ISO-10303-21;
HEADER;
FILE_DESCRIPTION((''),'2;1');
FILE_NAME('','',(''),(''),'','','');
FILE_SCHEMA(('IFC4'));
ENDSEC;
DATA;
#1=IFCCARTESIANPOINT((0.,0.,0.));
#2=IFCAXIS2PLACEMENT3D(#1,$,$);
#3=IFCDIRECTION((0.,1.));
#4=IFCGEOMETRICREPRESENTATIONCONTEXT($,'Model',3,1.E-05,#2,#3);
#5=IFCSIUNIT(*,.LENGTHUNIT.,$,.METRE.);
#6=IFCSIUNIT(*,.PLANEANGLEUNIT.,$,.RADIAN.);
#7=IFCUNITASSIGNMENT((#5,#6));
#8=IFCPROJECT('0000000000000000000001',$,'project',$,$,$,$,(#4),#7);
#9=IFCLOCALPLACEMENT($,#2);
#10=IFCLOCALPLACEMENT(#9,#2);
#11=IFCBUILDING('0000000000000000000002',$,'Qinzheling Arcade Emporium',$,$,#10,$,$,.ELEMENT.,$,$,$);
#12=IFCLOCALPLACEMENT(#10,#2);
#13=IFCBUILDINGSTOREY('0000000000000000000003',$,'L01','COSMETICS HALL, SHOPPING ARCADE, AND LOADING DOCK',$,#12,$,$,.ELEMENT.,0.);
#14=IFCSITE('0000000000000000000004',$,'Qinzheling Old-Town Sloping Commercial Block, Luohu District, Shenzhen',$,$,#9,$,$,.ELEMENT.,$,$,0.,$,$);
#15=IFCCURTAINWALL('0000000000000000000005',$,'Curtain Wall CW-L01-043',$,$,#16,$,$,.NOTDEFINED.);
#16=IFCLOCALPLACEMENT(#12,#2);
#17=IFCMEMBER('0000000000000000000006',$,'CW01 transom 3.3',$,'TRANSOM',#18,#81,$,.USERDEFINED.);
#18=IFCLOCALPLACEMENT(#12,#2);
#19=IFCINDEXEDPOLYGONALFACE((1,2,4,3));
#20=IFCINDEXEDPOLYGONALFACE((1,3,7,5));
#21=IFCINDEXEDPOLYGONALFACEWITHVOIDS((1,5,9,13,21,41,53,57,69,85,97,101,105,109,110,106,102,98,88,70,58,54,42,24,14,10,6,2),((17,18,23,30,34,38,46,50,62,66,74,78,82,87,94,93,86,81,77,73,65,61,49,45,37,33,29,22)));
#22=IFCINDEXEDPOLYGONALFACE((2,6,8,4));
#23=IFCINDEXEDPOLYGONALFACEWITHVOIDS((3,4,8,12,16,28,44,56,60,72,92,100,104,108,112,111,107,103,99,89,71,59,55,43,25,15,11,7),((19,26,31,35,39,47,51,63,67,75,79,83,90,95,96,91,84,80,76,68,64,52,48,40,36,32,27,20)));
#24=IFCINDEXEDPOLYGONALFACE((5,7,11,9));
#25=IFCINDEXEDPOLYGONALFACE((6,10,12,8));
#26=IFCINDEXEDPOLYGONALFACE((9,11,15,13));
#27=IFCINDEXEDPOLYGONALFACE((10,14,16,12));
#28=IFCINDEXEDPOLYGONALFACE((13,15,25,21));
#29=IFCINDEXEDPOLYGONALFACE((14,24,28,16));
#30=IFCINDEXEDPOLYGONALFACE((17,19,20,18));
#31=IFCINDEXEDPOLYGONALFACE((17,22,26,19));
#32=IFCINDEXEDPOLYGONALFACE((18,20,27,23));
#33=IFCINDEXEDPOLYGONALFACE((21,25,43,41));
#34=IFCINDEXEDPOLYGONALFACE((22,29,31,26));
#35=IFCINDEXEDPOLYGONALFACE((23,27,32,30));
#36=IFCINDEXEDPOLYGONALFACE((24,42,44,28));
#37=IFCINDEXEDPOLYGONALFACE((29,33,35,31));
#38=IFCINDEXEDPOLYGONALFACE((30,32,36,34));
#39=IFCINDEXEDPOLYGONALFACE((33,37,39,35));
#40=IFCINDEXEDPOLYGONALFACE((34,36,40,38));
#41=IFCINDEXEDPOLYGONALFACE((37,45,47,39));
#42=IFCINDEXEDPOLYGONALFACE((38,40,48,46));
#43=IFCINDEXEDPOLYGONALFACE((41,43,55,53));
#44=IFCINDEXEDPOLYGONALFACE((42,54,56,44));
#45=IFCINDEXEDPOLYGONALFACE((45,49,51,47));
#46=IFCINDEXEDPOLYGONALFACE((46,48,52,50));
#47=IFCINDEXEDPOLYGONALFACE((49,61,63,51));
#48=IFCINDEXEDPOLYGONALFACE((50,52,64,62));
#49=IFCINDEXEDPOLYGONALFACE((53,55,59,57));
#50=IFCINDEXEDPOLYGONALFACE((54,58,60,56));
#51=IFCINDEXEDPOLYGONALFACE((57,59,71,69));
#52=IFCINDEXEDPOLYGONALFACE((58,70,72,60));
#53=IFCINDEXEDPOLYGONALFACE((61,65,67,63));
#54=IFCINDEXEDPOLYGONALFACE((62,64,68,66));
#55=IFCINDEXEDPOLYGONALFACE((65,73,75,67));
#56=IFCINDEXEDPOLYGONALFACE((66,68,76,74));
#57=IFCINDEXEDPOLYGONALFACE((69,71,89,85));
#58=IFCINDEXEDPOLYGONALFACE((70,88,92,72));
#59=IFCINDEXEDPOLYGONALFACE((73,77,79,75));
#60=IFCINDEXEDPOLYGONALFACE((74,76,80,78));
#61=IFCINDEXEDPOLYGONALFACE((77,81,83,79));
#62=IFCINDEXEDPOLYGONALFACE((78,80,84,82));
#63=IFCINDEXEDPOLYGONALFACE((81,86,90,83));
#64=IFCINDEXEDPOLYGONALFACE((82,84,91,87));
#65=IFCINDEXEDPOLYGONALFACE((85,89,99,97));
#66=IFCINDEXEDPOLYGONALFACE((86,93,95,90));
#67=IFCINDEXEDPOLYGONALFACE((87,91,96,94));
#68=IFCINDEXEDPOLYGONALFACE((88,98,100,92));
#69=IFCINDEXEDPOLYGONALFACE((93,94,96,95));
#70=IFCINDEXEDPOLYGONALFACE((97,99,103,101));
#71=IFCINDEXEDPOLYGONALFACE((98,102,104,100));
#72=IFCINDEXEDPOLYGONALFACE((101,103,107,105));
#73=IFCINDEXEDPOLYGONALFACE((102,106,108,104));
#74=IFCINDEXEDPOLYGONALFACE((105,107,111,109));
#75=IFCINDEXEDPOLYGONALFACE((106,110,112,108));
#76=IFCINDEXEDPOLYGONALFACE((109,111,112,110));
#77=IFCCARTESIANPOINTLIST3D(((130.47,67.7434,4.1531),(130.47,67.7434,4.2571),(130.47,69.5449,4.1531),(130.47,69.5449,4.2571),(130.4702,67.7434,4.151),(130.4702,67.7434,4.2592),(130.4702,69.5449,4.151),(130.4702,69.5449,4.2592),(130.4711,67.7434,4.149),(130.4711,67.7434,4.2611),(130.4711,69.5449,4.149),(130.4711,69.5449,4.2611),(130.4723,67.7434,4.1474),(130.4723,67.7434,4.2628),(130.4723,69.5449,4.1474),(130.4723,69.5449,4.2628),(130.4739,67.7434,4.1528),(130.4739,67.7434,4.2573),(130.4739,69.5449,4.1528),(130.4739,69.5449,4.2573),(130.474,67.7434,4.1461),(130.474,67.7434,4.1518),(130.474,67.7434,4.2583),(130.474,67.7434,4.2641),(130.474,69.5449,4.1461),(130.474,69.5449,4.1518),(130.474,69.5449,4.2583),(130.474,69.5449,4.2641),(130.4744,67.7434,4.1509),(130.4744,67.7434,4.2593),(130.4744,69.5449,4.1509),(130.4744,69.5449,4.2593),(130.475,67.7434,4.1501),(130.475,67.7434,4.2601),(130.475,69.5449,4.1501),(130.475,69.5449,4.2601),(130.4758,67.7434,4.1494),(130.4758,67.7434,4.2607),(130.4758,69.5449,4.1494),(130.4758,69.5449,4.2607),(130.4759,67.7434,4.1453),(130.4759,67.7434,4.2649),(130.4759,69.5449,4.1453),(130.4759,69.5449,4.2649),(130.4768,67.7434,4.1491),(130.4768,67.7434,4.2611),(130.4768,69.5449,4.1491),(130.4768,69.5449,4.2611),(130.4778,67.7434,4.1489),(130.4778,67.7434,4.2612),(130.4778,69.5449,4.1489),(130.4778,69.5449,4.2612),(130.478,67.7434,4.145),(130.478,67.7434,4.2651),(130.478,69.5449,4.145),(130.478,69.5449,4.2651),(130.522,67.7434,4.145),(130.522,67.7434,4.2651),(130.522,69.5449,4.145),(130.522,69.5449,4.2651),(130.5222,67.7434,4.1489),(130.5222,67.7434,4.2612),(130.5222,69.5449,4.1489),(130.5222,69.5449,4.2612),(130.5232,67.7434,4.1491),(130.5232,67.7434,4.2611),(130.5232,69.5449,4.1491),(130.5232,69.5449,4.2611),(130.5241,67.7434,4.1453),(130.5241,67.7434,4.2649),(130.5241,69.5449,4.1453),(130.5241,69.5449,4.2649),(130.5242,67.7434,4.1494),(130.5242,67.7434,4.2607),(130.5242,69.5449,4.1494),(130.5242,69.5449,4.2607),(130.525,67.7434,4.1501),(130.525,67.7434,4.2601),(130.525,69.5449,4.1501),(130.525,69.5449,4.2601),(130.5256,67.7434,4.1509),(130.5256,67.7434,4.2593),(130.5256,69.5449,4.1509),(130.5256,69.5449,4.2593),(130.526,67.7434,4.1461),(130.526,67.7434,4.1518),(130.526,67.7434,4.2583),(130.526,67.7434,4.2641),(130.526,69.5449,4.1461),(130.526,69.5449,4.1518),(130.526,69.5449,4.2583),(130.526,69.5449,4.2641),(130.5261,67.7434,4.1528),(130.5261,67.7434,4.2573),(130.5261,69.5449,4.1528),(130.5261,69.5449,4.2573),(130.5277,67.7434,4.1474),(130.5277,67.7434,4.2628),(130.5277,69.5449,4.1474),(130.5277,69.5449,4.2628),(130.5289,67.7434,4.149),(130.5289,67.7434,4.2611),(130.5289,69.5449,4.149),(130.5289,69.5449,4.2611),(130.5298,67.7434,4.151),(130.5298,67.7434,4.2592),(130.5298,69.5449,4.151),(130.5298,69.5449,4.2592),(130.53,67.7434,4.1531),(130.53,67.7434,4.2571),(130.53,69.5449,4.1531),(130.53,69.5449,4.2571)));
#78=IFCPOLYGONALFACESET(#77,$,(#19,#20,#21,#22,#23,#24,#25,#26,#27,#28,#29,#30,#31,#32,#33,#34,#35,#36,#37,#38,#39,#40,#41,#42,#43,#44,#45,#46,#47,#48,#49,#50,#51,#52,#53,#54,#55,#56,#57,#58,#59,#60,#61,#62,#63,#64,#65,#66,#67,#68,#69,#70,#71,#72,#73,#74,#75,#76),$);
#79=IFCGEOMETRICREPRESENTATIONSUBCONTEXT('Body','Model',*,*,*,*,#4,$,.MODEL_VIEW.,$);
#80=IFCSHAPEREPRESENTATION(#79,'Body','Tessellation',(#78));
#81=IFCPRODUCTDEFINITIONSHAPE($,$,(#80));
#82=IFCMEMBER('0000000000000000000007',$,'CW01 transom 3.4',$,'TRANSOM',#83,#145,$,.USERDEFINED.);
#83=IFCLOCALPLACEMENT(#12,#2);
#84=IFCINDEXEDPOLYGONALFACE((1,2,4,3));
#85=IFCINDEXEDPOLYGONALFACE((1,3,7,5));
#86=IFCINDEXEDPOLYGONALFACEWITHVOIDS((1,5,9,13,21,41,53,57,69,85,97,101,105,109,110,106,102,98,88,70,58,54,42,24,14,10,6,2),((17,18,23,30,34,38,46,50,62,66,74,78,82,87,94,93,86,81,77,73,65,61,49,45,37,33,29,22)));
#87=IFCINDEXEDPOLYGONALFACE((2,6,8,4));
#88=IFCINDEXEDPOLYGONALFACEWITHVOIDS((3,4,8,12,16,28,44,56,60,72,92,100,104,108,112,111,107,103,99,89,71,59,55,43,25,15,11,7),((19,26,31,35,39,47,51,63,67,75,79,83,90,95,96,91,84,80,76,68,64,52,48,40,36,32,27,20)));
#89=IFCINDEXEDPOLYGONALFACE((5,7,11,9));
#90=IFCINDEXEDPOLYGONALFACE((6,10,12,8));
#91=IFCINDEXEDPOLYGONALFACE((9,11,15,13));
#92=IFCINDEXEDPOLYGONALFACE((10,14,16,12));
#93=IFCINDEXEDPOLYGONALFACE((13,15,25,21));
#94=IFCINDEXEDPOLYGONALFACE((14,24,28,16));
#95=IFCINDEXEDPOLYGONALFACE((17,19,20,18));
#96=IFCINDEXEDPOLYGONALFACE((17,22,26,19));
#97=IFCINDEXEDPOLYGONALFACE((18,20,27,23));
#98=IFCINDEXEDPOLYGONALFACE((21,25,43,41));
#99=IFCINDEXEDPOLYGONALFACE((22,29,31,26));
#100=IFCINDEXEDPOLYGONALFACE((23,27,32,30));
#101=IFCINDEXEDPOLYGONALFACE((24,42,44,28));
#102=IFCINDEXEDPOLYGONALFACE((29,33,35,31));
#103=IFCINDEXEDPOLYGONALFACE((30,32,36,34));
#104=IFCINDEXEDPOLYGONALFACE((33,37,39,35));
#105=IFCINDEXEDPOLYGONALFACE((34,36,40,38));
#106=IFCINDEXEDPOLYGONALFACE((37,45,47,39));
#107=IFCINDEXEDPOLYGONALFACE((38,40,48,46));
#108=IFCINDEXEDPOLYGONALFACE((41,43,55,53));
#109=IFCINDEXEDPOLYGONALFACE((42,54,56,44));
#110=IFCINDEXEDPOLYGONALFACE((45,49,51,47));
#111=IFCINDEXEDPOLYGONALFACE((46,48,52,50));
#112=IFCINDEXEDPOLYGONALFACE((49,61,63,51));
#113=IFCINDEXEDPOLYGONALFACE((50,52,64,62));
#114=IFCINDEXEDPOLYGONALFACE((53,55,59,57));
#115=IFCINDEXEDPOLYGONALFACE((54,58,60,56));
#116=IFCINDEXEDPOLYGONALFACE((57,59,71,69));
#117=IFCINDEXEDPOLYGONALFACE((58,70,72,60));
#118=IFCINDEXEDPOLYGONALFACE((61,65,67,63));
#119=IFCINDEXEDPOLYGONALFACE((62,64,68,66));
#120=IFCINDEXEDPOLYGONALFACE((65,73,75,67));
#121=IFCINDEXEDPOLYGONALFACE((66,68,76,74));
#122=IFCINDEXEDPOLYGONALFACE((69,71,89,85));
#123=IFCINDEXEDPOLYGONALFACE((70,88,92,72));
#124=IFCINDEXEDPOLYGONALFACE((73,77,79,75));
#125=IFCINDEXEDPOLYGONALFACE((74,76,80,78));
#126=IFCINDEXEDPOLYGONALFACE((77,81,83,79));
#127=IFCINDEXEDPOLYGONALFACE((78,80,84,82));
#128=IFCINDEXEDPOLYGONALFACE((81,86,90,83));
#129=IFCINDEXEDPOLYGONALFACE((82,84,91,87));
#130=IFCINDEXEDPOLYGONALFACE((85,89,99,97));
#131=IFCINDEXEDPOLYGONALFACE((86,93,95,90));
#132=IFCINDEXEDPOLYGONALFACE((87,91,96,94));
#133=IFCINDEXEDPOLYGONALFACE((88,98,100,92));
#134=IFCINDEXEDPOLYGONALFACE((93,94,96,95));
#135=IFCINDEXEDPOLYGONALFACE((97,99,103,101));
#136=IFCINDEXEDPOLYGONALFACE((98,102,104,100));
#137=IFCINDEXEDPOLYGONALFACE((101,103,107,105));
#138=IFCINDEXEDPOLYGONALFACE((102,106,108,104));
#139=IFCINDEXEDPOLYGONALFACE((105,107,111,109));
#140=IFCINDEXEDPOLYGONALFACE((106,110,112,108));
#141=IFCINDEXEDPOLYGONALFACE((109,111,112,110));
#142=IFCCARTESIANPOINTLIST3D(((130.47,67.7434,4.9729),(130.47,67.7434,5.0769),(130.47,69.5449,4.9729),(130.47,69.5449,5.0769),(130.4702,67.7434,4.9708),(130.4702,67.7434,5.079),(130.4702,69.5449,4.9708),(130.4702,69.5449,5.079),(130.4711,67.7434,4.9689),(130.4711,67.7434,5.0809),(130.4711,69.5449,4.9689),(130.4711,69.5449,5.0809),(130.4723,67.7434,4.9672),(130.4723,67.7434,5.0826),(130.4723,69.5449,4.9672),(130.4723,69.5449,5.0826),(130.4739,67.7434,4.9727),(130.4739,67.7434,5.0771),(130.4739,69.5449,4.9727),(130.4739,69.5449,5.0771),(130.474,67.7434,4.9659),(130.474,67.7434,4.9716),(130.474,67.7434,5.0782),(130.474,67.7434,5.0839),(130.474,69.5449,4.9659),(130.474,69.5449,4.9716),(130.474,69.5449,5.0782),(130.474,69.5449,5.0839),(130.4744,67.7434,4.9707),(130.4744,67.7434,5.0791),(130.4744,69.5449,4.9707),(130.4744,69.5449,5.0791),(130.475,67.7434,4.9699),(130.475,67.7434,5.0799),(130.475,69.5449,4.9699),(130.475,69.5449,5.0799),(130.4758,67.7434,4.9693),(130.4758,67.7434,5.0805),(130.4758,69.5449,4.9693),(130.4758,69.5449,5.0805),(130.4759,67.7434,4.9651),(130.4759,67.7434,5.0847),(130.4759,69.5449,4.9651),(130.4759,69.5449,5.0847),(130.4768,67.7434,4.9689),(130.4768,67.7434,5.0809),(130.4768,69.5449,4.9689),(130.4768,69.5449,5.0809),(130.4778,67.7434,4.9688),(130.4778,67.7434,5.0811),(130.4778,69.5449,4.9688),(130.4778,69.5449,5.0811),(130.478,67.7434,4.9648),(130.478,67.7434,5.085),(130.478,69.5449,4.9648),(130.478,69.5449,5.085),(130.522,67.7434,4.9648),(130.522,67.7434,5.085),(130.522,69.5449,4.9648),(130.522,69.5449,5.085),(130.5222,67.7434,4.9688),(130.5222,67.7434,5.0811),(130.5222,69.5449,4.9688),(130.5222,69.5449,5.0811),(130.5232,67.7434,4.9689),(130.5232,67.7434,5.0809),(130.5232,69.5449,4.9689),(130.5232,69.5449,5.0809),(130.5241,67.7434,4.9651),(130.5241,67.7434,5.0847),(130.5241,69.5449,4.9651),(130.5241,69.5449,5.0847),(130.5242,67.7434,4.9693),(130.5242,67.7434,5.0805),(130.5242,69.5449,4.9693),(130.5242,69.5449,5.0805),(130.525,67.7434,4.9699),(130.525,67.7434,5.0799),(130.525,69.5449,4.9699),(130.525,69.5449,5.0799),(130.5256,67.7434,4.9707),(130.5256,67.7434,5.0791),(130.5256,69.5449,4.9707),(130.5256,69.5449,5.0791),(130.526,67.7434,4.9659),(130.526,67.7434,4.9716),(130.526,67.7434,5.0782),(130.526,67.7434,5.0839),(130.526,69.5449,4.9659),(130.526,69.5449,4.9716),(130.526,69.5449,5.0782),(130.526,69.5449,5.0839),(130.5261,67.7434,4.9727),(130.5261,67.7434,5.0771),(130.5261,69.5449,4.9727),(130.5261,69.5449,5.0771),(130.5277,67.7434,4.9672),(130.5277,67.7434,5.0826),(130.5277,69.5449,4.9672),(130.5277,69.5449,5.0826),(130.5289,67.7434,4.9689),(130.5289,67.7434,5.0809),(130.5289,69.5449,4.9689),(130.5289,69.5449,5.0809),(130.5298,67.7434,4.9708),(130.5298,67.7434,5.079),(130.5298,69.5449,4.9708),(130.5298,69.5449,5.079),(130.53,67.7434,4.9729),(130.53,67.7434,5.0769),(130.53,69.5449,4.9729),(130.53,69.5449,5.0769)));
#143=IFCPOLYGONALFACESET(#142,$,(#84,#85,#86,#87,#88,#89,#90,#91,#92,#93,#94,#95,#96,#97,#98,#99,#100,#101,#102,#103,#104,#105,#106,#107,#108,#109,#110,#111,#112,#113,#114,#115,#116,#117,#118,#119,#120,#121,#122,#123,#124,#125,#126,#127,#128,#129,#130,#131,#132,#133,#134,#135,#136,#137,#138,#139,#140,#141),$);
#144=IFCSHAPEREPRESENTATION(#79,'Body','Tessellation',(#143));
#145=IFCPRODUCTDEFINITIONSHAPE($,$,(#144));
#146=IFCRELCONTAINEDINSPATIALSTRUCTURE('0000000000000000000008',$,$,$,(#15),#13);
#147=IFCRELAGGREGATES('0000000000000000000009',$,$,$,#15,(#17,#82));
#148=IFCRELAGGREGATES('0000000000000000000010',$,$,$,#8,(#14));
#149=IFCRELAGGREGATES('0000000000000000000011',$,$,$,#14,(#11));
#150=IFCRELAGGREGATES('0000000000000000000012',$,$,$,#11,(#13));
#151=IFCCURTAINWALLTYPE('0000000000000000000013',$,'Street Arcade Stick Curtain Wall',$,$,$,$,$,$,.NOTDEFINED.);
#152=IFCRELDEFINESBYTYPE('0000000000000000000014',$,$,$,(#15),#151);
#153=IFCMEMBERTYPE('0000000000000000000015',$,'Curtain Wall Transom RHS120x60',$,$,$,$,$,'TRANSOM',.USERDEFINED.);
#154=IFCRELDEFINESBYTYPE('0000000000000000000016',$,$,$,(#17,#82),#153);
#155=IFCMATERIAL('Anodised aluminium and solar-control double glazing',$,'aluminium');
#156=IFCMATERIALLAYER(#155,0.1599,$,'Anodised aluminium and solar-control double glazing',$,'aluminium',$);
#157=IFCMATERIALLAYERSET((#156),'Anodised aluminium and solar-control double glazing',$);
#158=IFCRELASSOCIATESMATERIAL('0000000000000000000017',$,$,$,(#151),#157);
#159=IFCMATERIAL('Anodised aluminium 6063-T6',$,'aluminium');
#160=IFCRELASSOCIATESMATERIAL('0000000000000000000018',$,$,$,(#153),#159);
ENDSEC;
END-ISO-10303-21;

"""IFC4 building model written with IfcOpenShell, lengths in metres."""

from ifc_helpers import new_model, si_unit, direction, frame, origin, origin_2d, place, context, subcontext, project, spatial, hollow_rectangle, extrude, material, layer, layer_set, material_profile, profile_set, type_object, element, aggregate, save


model = new_model("IFC4")

# Units and contexts
model_context = context("Model", 3, precision=1e-05, world=origin(), true_north=direction((0.0, 1.0)))
body_context = subcontext(model_context, "Body", "Model", "MODEL_VIEW")
ifc_project = project(units=[si_unit("LENGTHUNIT", "METRE"), si_unit("PLANEANGLEUNIT", "RADIAN")], contexts=[model_context])

# Site, building, storey
site_placement = place(None, origin())
site = spatial("IfcSite", under=ifc_project, at=site_placement, Name="Qinzheling Old-Town Sloping Commercial Block, Luohu District, Shenzhen", CompositionType="ELEMENT", RefElevation=0.0)
building_placement = place(site_placement, origin())
building = spatial("IfcBuilding", under=site, at=building_placement, Name="Qinzheling Arcade Emporium", CompositionType="ELEMENT")
storey_placement = place(building_placement, origin())
storey = spatial("IfcBuildingStorey", under=building, at=storey_placement, Name="L01", Description="COSMETICS HALL, SHOPPING ARCADE, AND LOADING DOCK", CompositionType="ELEMENT", Elevation=0.0)

# Curtain wall, members
ifc_material_1 = material(Name="Anodised aluminium and solar-control double glazing", Category="aluminium")
ifc_layer_1 = layer(ifc_material_1, 0.1599, Name="Anodised aluminium and solar-control double glazing", Category="aluminium")
ifc_layer_set_1 = layer_set([ifc_layer_1], Name="Anodised aluminium and solar-control double glazing")
curtain_wall_type = type_object("IfcCurtainWallType", Name="Street Arcade Stick Curtain Wall", PredefinedType="NOTDEFINED", material=ifc_layer_set_1)
curtain_wall_placement = place(storey_placement, origin())
curtain_wall = element("IfcCurtainWall", 1, at=curtain_wall_placement, inside=storey, type_object=curtain_wall_type, Name="Curtain Wall CW-L01-043", PredefinedType="NOTDEFINED")
ifc_material_2 = material(Name="Anodised aluminium 6063-T6", Category="aluminium")
ifc_material_profile_1 = material_profile(ifc_material_2, hollow_rectangle(XDim=0.0601, YDim=0.1201, WallThickness=0.0039, InnerFilletRadius=0.0039, OuterFilletRadius=0.0081, at=origin_2d()), Name="RHS 120x60x4", Category="aluminium")
ifc_profile_set_1 = profile_set([ifc_material_profile_1], Name="Anodised aluminium 6063-T6")
member_type_1 = type_object("IfcMemberType", Name="Curtain Wall Transom RHS120x60", ElementType="TRANSOM", PredefinedType="USERDEFINED", material=ifc_profile_set_1)
member_1_placement = place(storey_placement, frame((130.5, 69.5449, 4.2051), z_axis=(0.0, -1.0, 0.0), x_axis=(1.0, 0.0, 0.0)))
member_1 = element("IfcMember", 2, at=member_1_placement, type_object=member_type_1, Name="CW01 transom 3.3", ObjectType="TRANSOM", PredefinedType="USERDEFINED", context=body_context, shape_type="SweptSolid", body=[
    extrude(hollow_rectangle(XDim=0.0601, YDim=0.1201, WallThickness=0.0039, InnerFilletRadius=0.0039, OuterFilletRadius=0.0081, at=origin_2d()), origin(), (0.0, 0.0, 1.0), 1.8015),
])
member_2_placement = place(storey_placement, frame((130.5, 69.5449, 5.0249), z_axis=(0.0, -1.0, 0.0), x_axis=(1.0, 0.0, 0.0)))
member_2 = element("IfcMember", 3, at=member_2_placement, type_object=member_type_1, Name="CW01 transom 3.4", ObjectType="TRANSOM", PredefinedType="USERDEFINED", context=body_context, shape_type="SweptSolid", body=[
    extrude(hollow_rectangle(XDim=0.0601, YDim=0.1201, WallThickness=0.0039, InnerFilletRadius=0.0039, OuterFilletRadius=0.0081, at=origin_2d()), origin(), (0.0, 0.0, 1.0), 1.8015),
])
aggregate(curtain_wall, [member_1, member_2])

save(model, "model.ifc")
